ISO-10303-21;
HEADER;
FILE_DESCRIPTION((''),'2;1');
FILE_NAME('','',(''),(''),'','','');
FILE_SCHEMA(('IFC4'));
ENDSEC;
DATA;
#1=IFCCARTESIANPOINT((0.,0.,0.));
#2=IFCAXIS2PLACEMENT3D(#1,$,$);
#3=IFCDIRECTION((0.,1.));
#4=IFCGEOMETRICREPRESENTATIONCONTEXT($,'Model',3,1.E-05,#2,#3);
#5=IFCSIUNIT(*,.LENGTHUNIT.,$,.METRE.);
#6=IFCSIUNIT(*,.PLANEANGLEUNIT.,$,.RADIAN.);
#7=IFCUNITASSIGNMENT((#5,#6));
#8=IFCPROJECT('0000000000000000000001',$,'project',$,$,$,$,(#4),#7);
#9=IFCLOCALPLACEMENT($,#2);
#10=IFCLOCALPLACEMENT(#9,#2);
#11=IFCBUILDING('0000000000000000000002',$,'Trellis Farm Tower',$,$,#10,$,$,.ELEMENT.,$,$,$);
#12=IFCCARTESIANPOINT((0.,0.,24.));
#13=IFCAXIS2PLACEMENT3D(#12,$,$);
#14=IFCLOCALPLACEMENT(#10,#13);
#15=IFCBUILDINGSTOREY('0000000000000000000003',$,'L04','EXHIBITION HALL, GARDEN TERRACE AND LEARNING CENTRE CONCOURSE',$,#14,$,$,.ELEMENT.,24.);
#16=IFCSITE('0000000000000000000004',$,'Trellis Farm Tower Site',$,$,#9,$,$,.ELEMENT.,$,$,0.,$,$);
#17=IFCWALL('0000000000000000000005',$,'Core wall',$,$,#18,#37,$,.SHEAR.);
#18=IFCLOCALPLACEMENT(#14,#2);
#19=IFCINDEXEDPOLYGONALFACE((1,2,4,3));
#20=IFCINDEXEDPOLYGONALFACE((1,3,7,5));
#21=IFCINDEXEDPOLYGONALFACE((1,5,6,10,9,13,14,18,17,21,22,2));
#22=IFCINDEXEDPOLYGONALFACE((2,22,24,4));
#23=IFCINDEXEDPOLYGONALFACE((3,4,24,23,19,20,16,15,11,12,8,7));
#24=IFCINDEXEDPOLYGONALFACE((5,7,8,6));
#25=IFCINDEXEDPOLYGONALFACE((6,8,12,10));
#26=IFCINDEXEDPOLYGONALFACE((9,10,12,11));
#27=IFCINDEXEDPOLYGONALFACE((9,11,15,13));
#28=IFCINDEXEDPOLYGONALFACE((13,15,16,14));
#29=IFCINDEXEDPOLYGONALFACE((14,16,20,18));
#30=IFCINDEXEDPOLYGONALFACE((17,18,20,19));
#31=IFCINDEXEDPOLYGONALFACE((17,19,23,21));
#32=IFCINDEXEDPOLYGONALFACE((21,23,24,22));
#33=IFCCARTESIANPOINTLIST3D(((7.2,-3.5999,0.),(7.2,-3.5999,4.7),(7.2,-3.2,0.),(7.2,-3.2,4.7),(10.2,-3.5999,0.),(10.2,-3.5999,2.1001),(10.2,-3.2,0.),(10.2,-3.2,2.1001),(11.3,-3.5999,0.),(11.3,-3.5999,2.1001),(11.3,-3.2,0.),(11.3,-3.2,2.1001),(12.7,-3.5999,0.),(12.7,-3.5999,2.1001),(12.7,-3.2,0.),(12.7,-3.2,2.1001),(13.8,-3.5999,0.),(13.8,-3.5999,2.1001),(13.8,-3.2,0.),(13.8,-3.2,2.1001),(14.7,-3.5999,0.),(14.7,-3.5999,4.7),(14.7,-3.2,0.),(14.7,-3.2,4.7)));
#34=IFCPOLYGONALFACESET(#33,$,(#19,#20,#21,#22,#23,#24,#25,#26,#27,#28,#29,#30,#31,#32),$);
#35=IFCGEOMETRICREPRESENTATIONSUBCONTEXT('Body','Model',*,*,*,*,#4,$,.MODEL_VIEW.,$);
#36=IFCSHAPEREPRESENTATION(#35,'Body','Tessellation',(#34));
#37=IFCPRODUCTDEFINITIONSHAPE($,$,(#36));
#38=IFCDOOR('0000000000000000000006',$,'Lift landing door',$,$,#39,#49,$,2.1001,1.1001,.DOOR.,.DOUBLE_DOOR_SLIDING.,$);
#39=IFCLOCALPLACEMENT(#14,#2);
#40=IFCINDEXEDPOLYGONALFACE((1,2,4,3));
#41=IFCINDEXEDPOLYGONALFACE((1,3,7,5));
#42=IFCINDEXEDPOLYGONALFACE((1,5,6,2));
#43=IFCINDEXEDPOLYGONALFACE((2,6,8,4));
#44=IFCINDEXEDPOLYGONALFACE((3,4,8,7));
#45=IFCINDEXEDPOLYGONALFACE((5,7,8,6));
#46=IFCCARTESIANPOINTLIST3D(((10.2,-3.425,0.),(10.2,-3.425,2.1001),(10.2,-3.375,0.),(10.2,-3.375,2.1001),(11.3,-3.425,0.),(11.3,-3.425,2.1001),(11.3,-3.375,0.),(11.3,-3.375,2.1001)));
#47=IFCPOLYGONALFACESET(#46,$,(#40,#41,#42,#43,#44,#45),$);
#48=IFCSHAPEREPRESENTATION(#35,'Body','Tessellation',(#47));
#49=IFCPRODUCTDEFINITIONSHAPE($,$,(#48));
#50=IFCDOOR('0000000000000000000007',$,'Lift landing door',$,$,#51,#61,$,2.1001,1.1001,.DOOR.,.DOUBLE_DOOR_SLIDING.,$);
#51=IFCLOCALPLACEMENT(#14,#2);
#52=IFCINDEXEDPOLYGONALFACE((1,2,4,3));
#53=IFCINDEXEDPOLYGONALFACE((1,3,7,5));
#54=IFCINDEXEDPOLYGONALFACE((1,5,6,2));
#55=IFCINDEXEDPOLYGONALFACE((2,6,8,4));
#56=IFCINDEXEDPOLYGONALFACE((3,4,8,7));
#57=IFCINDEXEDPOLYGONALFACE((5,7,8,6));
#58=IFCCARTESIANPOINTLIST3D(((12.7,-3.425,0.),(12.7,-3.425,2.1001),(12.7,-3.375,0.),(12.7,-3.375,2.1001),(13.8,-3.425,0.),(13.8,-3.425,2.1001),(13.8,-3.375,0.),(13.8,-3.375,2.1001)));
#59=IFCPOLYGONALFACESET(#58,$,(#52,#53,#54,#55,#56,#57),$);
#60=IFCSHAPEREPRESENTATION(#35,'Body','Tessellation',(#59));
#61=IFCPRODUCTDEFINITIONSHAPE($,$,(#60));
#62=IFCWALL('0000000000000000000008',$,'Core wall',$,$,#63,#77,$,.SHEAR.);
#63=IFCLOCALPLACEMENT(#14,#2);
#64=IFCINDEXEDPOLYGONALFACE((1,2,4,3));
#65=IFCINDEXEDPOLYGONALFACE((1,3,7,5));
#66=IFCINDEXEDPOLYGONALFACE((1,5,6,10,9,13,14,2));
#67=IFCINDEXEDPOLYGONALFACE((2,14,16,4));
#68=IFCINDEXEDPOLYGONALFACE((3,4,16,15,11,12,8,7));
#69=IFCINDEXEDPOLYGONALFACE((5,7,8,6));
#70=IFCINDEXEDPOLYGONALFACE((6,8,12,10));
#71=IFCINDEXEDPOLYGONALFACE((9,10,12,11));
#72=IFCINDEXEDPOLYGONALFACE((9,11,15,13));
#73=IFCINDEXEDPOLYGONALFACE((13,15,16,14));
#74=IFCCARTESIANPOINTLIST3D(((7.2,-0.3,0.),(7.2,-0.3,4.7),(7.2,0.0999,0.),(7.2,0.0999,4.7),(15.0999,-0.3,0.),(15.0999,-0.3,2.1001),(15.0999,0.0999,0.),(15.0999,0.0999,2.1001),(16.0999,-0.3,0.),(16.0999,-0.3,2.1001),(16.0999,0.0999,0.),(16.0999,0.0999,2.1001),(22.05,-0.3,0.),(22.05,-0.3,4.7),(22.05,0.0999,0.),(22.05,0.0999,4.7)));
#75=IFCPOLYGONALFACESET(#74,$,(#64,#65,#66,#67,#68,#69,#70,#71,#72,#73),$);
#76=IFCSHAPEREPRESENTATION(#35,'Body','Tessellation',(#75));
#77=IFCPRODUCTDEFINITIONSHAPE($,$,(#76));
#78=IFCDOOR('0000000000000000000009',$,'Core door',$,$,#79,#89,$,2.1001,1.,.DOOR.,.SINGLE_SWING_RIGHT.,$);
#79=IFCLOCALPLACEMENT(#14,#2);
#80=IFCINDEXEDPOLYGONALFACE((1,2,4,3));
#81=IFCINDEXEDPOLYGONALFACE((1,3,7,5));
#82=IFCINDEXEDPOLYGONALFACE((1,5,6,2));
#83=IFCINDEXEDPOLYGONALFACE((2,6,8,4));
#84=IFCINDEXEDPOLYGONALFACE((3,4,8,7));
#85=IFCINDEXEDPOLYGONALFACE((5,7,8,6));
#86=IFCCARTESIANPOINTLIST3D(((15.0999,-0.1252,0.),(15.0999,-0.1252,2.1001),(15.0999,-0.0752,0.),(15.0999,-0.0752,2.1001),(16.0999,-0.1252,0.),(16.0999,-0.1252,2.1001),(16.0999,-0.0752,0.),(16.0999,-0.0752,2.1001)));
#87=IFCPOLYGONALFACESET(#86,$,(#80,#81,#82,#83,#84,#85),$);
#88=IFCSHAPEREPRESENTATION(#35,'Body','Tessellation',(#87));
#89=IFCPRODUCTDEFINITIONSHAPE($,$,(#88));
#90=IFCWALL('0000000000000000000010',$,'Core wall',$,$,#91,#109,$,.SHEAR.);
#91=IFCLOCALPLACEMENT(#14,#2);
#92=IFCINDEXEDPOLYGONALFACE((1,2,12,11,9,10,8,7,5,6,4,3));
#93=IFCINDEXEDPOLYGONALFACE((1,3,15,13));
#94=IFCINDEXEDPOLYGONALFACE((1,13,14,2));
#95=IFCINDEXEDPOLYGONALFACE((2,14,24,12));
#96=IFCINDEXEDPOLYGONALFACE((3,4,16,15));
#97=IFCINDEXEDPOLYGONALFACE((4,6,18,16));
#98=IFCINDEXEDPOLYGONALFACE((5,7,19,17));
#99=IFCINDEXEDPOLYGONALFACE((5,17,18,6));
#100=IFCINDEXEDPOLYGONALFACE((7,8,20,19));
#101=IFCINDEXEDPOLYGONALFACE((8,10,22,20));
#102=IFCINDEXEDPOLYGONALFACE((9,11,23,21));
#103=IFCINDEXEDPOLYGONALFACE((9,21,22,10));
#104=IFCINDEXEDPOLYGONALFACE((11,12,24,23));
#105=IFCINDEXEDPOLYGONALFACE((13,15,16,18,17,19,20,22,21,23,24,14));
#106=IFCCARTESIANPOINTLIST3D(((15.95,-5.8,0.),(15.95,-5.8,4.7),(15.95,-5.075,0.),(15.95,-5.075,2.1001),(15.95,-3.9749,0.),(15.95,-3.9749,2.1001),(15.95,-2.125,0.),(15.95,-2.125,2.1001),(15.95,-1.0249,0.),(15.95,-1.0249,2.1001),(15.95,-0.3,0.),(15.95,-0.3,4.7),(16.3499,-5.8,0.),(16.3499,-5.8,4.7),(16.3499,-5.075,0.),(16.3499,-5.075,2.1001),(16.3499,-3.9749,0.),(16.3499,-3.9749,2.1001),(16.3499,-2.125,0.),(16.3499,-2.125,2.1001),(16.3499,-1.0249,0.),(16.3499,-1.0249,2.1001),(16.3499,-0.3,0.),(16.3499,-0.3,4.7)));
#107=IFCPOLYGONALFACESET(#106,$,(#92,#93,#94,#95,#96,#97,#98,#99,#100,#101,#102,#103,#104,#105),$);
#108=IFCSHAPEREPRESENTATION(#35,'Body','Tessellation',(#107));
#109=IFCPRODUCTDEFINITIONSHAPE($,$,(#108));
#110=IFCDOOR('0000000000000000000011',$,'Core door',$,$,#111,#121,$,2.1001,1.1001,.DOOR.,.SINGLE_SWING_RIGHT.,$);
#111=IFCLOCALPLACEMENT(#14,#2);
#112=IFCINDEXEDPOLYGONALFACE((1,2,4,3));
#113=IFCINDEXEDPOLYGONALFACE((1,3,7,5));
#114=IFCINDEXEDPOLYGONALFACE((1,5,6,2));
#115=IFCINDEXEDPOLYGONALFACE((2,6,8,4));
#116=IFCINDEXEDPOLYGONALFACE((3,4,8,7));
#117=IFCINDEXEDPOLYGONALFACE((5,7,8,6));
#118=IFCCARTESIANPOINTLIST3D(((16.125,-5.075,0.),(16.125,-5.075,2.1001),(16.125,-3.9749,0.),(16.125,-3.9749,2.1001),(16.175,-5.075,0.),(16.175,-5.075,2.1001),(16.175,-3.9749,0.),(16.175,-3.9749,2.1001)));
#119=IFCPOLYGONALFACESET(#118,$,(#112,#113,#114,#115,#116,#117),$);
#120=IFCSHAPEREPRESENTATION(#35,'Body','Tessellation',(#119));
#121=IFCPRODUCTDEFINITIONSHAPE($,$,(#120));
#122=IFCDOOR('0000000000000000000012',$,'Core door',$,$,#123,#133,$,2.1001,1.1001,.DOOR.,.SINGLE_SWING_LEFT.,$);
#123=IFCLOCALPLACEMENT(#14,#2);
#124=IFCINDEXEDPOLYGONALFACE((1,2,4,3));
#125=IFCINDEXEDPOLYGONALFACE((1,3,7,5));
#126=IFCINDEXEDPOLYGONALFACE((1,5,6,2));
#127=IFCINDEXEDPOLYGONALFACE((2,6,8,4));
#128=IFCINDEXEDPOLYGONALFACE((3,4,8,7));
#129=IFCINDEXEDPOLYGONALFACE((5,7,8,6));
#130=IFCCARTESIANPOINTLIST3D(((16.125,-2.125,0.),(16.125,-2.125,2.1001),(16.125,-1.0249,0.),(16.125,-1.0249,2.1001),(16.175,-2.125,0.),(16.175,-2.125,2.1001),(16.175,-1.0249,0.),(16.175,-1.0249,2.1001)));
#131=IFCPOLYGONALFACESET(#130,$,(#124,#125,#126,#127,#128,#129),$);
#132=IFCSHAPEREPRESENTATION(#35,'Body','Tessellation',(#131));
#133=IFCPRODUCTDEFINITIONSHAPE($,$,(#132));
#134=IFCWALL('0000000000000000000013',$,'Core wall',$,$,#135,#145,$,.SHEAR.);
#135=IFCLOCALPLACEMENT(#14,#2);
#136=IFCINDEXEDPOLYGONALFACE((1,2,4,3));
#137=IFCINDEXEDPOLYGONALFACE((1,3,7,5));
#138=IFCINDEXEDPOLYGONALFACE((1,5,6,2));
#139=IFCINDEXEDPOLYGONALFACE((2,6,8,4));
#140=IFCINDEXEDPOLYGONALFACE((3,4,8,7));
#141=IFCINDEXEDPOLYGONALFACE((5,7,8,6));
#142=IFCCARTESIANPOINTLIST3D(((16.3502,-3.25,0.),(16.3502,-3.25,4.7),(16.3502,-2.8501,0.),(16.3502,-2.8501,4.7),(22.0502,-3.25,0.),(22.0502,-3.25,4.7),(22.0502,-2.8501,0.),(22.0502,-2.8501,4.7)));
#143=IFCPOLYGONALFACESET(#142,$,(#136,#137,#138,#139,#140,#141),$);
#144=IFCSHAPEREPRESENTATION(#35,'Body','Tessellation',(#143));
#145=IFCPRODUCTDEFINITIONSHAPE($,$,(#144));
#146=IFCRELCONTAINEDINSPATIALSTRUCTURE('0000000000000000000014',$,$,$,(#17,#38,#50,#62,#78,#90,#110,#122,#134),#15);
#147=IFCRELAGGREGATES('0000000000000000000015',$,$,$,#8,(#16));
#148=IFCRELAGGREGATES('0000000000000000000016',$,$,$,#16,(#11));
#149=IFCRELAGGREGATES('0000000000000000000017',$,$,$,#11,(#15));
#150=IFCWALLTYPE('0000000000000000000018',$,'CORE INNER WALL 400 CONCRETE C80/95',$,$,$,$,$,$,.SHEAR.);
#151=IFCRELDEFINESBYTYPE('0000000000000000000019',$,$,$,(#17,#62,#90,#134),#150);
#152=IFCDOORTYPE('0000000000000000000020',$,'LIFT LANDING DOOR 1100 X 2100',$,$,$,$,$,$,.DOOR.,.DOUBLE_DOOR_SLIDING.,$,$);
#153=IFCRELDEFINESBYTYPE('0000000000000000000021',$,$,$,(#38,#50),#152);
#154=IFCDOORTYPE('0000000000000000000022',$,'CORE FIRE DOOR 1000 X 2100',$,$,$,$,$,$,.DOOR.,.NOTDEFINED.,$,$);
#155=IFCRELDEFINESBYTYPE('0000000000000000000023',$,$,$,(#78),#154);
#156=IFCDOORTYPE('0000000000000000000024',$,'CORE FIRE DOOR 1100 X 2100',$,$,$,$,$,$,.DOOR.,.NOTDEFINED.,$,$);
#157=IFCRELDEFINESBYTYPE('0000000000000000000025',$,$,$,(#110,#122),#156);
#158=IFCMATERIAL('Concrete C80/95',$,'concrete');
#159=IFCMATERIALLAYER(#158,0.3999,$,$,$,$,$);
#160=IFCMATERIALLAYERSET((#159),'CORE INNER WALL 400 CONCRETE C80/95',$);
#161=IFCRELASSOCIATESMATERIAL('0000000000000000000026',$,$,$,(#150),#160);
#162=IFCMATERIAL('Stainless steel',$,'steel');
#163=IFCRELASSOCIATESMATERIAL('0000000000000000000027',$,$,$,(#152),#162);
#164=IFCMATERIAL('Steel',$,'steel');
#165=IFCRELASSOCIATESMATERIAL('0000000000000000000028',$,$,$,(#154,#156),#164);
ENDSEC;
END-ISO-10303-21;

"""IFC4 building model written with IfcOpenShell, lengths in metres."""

from ifc_helpers import new_model, si_unit, direction, frame, frame_2d, origin, place, context, subcontext, project, spatial, rectangle, extrude, source, transform, mapped, material, layer, layer_set, type_object, element, fill, save


model = new_model("IFC4")

# Units and contexts
model_context = context("Model", 3, precision=1e-05, world=origin(), true_north=direction((0.0, 1.0)))
body_context = subcontext(model_context, "Body", "Model", "MODEL_VIEW")
ifc_project = project(units=[si_unit("LENGTHUNIT", "METRE"), si_unit("PLANEANGLEUNIT", "RADIAN")], contexts=[model_context])

# Site, building, storey
site_placement = place(None, origin())
site = spatial("IfcSite", under=ifc_project, at=site_placement, Name="Trellis Farm Tower Site", CompositionType="ELEMENT", RefElevation=0.0)
building_placement = place(site_placement, origin())
building = spatial("IfcBuilding", under=site, at=building_placement, Name="Trellis Farm Tower", CompositionType="ELEMENT")
storey_placement = place(building_placement, frame((0.0, 0.0, 24.0)))
storey = spatial("IfcBuildingStorey", under=building, at=storey_placement, Name="L04", Description="EXHIBITION HALL, GARDEN TERRACE AND LEARNING CENTRE CONCOURSE", CompositionType="ELEMENT", Elevation=24.0)

# Shared definitions
ifc_material_1 = material(Name="Concrete C80/95", Category="concrete")

# Shared definitions
ifc_layer_1 = layer(ifc_material_1, 0.3999)
ifc_layer_set_1 = layer_set([ifc_layer_1], Name="CORE INNER WALL 400 CONCRETE C80/95")
wall_type = type_object("IfcWallType", Name="CORE INNER WALL 400 CONCRETE C80/95", PredefinedType="SHEAR", material=ifc_layer_set_1)

# Wall, openings, doors
shared_shape_1 = source(origin(), body_context, "Body", "SweptSolid", [
    extrude(rectangle(XDim=7.5, YDim=0.3999, at=frame_2d((3.75, 0.0))), origin(), (0.0, 0.0, 1.0), 4.7),
])
wall_1_placement = place(storey_placement, frame((7.2, -3.3999, 0.0), z_axis=(0.0, 0.0, 1.0), x_axis=(1.0, 0.0, 0.0)))
wall_1 = element("IfcWall", 1, at=wall_1_placement, inside=storey, type_object=wall_type, Name="Core wall", PredefinedType="SHEAR", context=body_context, shape_type="MappedRepresentation", body=[
    mapped(shared_shape_1, transform((0.0, 0.0, 0.0))),
])
shared_shape_2 = source(origin(), body_context, "Body", "SweptSolid", [
    extrude(rectangle(XDim=1.1001, YDim=2.1001, at=frame_2d((0.55, 1.05))), frame((0.0, 0.21, 0.0), z_axis=(0.0, -1.0, 0.0), x_axis=(1.0, 0.0, 0.0)), (0.0, 0.0, 1.0), 0.4199),
])
opening_1_placement = place(wall_1_placement, frame((3.0, 0.0, 0.0)))
opening_1 = element("IfcOpeningElement", 2, at=opening_1_placement, cuts=wall_1, PredefinedType="OPENING", context=body_context, shape_type="MappedRepresentation", body=[
    mapped(shared_shape_2, transform((0.0, 0.0, 0.0))),
])
opening_2_placement = place(wall_1_placement, frame((5.5, 0.0, 0.0)))
opening_2 = element("IfcOpeningElement", 3, at=opening_2_placement, cuts=wall_1, PredefinedType="OPENING", context=body_context, shape_type="MappedRepresentation", body=[
    mapped(shared_shape_2, transform((0.0, 0.0, 0.0))),
])
ifc_material_2 = material(Name="Stainless steel", Category="steel")
door_type_1 = type_object("IfcDoorType", Name="LIFT LANDING DOOR 1100 X 2100", OperationType="DOUBLE_DOOR_SLIDING", PredefinedType="DOOR", material=ifc_material_2)
shared_shape_3 = source(origin(), body_context, "Body", "SweptSolid", [
    extrude(rectangle(XDim=1.1001, YDim=2.1001, at=frame_2d((0.55, 1.05))), frame((0.0, 0.0249, 0.0), z_axis=(0.0, -1.0, 0.0), x_axis=(1.0, 0.0, 0.0)), (0.0, 0.0, 1.0), 0.05),
])
door_1_placement = place(opening_1_placement, origin())
door_1 = element("IfcDoor", 4, at=door_1_placement, inside=storey, type_object=door_type_1, Name="Lift landing door", OperationType="DOUBLE_DOOR_SLIDING", OverallHeight=2.1001, OverallWidth=1.1001, PredefinedType="DOOR", context=body_context, shape_type="MappedRepresentation", body=[
    mapped(shared_shape_3, transform((0.0, 0.0, 0.0))),
])
fill(opening_1, door_1)
door_2_placement = place(opening_2_placement, origin())
door_2 = element("IfcDoor", 5, at=door_2_placement, inside=storey, type_object=door_type_1, Name="Lift landing door", OperationType="DOUBLE_DOOR_SLIDING", OverallHeight=2.1001, OverallWidth=1.1001, PredefinedType="DOOR", context=body_context, shape_type="MappedRepresentation", body=[
    mapped(shared_shape_3, transform((0.0, 0.0, 0.0))),
])
fill(opening_2, door_2)

# Wall, opening, door
shared_shape_4 = source(origin(), body_context, "Body", "SweptSolid", [
    extrude(rectangle(XDim=14.8501, YDim=0.3999, at=frame_2d((7.425, 0.0))), origin(), (0.0, 0.0, 1.0), 4.7),
])
wall_2_placement = place(storey_placement, frame((7.2, -0.1001, 0.0), z_axis=(0.0, 0.0, 1.0), x_axis=(1.0, 0.0, 0.0)))
wall_2 = element("IfcWall", 6, at=wall_2_placement, inside=storey, type_object=wall_type, Name="Core wall", PredefinedType="SHEAR", context=body_context, shape_type="MappedRepresentation", body=[
    mapped(shared_shape_4, transform((0.0, 0.0, 0.0))),
])
shared_shape_5 = source(origin(), body_context, "Body", "SweptSolid", [
    extrude(rectangle(XDim=1.0, YDim=2.1001, at=frame_2d((0.5, 1.05))), frame((0.0, 0.21, 0.0), z_axis=(0.0, -1.0, 0.0), x_axis=(1.0, 0.0, 0.0)), (0.0, 0.0, 1.0), 0.4199),
])
opening_3_placement = place(wall_2_placement, frame((7.8999, 0.0, 0.0)))
opening_3 = element("IfcOpeningElement", 7, at=opening_3_placement, cuts=wall_2, PredefinedType="OPENING", context=body_context, shape_type="MappedRepresentation", body=[
    mapped(shared_shape_5, transform((0.0, 0.0, 0.0))),
])
ifc_material_3 = material(Name="Steel", Category="steel")
door_type_2 = type_object("IfcDoorType", Name="CORE FIRE DOOR 1000 X 2100", OperationType="NOTDEFINED", PredefinedType="DOOR", material=ifc_material_3)
shared_shape_6 = source(origin(), body_context, "Body", "SweptSolid", [
    extrude(rectangle(XDim=1.0, YDim=2.1001, at=frame_2d((0.5, 1.05))), frame((0.0, 0.0249, 0.0), z_axis=(0.0, -1.0, 0.0), x_axis=(1.0, 0.0, 0.0)), (0.0, 0.0, 1.0), 0.05),
])
door_3_placement = place(opening_3_placement, origin())
door_3 = element("IfcDoor", 8, at=door_3_placement, inside=storey, type_object=door_type_2, Name="Core door", OperationType="SINGLE_SWING_RIGHT", OverallHeight=2.1001, OverallWidth=1.0, PredefinedType="DOOR", context=body_context, shape_type="MappedRepresentation", body=[
    mapped(shared_shape_6, transform((0.0, 0.0, 0.0))),
])
fill(opening_3, door_3)

# Wall, openings, doors
shared_shape_7 = source(origin(), body_context, "Body", "SweptSolid", [
    extrude(rectangle(XDim=5.5, YDim=0.3999, at=frame_2d((2.75, 0.0))), origin(), (0.0, 0.0, 1.0), 4.7),
])
wall_3_placement = place(storey_placement, frame((16.1499, -5.8, 0.0), z_axis=(0.0, 0.0, 1.0), x_axis=(0.0, 1.0, 0.0)))
wall_3 = element("IfcWall", 9, at=wall_3_placement, inside=storey, type_object=wall_type, Name="Core wall", PredefinedType="SHEAR", context=body_context, shape_type="MappedRepresentation", body=[
    mapped(shared_shape_7, transform((0.0, 0.0, 0.0))),
])
opening_4_placement = place(wall_3_placement, frame((0.7251, 0.0, 0.0)))
opening_4 = element("IfcOpeningElement", 10, at=opening_4_placement, cuts=wall_3, PredefinedType="OPENING", context=body_context, shape_type="MappedRepresentation", body=[
    mapped(shared_shape_2, transform((0.0, 0.0, 0.0))),
])
opening_5_placement = place(wall_3_placement, frame((3.675, 0.0, 0.0)))
opening_5 = element("IfcOpeningElement", 11, at=opening_5_placement, cuts=wall_3, PredefinedType="OPENING", context=body_context, shape_type="MappedRepresentation", body=[
    mapped(shared_shape_2, transform((0.0, 0.0, 0.0))),
])
door_type_3 = type_object("IfcDoorType", Name="CORE FIRE DOOR 1100 X 2100", OperationType="NOTDEFINED", PredefinedType="DOOR", material=ifc_material_3)
door_4_placement = place(opening_4_placement, origin())
door_4 = element("IfcDoor", 12, at=door_4_placement, inside=storey, type_object=door_type_3, Name="Core door", OperationType="SINGLE_SWING_RIGHT", OverallHeight=2.1001, OverallWidth=1.1001, PredefinedType="DOOR", context=body_context, shape_type="MappedRepresentation", body=[
    mapped(shared_shape_3, transform((0.0, 0.0, 0.0))),
])
fill(opening_4, door_4)
door_5_placement = place(opening_5_placement, origin())
door_5 = element("IfcDoor", 13, at=door_5_placement, inside=storey, type_object=door_type_3, Name="Core door", OperationType="SINGLE_SWING_LEFT", OverallHeight=2.1001, OverallWidth=1.1001, PredefinedType="DOOR", context=body_context, shape_type="MappedRepresentation", body=[
    mapped(shared_shape_3, transform((0.0, 0.0, 0.0))),
])
fill(opening_5, door_5)

# Wall
shared_shape_8 = source(origin(), body_context, "Body", "SweptSolid", [
    extrude(rectangle(XDim=5.7, YDim=0.3999, at=frame_2d((2.8501, 0.0))), origin(), (0.0, 0.0, 1.0), 4.7),
])
wall_4_placement = place(storey_placement, frame((16.3501, -3.05, 0.0), z_axis=(0.0, 0.0, 1.0), x_axis=(1.0, 0.0, 0.0)))
element("IfcWall", 14, at=wall_4_placement, inside=storey, type_object=wall_type, Name="Core wall", PredefinedType="SHEAR", context=body_context, shape_type="MappedRepresentation", body=[
    mapped(shared_shape_8, transform((0.0, 0.0, 0.0))),
])

save(model, "model.ifc")
